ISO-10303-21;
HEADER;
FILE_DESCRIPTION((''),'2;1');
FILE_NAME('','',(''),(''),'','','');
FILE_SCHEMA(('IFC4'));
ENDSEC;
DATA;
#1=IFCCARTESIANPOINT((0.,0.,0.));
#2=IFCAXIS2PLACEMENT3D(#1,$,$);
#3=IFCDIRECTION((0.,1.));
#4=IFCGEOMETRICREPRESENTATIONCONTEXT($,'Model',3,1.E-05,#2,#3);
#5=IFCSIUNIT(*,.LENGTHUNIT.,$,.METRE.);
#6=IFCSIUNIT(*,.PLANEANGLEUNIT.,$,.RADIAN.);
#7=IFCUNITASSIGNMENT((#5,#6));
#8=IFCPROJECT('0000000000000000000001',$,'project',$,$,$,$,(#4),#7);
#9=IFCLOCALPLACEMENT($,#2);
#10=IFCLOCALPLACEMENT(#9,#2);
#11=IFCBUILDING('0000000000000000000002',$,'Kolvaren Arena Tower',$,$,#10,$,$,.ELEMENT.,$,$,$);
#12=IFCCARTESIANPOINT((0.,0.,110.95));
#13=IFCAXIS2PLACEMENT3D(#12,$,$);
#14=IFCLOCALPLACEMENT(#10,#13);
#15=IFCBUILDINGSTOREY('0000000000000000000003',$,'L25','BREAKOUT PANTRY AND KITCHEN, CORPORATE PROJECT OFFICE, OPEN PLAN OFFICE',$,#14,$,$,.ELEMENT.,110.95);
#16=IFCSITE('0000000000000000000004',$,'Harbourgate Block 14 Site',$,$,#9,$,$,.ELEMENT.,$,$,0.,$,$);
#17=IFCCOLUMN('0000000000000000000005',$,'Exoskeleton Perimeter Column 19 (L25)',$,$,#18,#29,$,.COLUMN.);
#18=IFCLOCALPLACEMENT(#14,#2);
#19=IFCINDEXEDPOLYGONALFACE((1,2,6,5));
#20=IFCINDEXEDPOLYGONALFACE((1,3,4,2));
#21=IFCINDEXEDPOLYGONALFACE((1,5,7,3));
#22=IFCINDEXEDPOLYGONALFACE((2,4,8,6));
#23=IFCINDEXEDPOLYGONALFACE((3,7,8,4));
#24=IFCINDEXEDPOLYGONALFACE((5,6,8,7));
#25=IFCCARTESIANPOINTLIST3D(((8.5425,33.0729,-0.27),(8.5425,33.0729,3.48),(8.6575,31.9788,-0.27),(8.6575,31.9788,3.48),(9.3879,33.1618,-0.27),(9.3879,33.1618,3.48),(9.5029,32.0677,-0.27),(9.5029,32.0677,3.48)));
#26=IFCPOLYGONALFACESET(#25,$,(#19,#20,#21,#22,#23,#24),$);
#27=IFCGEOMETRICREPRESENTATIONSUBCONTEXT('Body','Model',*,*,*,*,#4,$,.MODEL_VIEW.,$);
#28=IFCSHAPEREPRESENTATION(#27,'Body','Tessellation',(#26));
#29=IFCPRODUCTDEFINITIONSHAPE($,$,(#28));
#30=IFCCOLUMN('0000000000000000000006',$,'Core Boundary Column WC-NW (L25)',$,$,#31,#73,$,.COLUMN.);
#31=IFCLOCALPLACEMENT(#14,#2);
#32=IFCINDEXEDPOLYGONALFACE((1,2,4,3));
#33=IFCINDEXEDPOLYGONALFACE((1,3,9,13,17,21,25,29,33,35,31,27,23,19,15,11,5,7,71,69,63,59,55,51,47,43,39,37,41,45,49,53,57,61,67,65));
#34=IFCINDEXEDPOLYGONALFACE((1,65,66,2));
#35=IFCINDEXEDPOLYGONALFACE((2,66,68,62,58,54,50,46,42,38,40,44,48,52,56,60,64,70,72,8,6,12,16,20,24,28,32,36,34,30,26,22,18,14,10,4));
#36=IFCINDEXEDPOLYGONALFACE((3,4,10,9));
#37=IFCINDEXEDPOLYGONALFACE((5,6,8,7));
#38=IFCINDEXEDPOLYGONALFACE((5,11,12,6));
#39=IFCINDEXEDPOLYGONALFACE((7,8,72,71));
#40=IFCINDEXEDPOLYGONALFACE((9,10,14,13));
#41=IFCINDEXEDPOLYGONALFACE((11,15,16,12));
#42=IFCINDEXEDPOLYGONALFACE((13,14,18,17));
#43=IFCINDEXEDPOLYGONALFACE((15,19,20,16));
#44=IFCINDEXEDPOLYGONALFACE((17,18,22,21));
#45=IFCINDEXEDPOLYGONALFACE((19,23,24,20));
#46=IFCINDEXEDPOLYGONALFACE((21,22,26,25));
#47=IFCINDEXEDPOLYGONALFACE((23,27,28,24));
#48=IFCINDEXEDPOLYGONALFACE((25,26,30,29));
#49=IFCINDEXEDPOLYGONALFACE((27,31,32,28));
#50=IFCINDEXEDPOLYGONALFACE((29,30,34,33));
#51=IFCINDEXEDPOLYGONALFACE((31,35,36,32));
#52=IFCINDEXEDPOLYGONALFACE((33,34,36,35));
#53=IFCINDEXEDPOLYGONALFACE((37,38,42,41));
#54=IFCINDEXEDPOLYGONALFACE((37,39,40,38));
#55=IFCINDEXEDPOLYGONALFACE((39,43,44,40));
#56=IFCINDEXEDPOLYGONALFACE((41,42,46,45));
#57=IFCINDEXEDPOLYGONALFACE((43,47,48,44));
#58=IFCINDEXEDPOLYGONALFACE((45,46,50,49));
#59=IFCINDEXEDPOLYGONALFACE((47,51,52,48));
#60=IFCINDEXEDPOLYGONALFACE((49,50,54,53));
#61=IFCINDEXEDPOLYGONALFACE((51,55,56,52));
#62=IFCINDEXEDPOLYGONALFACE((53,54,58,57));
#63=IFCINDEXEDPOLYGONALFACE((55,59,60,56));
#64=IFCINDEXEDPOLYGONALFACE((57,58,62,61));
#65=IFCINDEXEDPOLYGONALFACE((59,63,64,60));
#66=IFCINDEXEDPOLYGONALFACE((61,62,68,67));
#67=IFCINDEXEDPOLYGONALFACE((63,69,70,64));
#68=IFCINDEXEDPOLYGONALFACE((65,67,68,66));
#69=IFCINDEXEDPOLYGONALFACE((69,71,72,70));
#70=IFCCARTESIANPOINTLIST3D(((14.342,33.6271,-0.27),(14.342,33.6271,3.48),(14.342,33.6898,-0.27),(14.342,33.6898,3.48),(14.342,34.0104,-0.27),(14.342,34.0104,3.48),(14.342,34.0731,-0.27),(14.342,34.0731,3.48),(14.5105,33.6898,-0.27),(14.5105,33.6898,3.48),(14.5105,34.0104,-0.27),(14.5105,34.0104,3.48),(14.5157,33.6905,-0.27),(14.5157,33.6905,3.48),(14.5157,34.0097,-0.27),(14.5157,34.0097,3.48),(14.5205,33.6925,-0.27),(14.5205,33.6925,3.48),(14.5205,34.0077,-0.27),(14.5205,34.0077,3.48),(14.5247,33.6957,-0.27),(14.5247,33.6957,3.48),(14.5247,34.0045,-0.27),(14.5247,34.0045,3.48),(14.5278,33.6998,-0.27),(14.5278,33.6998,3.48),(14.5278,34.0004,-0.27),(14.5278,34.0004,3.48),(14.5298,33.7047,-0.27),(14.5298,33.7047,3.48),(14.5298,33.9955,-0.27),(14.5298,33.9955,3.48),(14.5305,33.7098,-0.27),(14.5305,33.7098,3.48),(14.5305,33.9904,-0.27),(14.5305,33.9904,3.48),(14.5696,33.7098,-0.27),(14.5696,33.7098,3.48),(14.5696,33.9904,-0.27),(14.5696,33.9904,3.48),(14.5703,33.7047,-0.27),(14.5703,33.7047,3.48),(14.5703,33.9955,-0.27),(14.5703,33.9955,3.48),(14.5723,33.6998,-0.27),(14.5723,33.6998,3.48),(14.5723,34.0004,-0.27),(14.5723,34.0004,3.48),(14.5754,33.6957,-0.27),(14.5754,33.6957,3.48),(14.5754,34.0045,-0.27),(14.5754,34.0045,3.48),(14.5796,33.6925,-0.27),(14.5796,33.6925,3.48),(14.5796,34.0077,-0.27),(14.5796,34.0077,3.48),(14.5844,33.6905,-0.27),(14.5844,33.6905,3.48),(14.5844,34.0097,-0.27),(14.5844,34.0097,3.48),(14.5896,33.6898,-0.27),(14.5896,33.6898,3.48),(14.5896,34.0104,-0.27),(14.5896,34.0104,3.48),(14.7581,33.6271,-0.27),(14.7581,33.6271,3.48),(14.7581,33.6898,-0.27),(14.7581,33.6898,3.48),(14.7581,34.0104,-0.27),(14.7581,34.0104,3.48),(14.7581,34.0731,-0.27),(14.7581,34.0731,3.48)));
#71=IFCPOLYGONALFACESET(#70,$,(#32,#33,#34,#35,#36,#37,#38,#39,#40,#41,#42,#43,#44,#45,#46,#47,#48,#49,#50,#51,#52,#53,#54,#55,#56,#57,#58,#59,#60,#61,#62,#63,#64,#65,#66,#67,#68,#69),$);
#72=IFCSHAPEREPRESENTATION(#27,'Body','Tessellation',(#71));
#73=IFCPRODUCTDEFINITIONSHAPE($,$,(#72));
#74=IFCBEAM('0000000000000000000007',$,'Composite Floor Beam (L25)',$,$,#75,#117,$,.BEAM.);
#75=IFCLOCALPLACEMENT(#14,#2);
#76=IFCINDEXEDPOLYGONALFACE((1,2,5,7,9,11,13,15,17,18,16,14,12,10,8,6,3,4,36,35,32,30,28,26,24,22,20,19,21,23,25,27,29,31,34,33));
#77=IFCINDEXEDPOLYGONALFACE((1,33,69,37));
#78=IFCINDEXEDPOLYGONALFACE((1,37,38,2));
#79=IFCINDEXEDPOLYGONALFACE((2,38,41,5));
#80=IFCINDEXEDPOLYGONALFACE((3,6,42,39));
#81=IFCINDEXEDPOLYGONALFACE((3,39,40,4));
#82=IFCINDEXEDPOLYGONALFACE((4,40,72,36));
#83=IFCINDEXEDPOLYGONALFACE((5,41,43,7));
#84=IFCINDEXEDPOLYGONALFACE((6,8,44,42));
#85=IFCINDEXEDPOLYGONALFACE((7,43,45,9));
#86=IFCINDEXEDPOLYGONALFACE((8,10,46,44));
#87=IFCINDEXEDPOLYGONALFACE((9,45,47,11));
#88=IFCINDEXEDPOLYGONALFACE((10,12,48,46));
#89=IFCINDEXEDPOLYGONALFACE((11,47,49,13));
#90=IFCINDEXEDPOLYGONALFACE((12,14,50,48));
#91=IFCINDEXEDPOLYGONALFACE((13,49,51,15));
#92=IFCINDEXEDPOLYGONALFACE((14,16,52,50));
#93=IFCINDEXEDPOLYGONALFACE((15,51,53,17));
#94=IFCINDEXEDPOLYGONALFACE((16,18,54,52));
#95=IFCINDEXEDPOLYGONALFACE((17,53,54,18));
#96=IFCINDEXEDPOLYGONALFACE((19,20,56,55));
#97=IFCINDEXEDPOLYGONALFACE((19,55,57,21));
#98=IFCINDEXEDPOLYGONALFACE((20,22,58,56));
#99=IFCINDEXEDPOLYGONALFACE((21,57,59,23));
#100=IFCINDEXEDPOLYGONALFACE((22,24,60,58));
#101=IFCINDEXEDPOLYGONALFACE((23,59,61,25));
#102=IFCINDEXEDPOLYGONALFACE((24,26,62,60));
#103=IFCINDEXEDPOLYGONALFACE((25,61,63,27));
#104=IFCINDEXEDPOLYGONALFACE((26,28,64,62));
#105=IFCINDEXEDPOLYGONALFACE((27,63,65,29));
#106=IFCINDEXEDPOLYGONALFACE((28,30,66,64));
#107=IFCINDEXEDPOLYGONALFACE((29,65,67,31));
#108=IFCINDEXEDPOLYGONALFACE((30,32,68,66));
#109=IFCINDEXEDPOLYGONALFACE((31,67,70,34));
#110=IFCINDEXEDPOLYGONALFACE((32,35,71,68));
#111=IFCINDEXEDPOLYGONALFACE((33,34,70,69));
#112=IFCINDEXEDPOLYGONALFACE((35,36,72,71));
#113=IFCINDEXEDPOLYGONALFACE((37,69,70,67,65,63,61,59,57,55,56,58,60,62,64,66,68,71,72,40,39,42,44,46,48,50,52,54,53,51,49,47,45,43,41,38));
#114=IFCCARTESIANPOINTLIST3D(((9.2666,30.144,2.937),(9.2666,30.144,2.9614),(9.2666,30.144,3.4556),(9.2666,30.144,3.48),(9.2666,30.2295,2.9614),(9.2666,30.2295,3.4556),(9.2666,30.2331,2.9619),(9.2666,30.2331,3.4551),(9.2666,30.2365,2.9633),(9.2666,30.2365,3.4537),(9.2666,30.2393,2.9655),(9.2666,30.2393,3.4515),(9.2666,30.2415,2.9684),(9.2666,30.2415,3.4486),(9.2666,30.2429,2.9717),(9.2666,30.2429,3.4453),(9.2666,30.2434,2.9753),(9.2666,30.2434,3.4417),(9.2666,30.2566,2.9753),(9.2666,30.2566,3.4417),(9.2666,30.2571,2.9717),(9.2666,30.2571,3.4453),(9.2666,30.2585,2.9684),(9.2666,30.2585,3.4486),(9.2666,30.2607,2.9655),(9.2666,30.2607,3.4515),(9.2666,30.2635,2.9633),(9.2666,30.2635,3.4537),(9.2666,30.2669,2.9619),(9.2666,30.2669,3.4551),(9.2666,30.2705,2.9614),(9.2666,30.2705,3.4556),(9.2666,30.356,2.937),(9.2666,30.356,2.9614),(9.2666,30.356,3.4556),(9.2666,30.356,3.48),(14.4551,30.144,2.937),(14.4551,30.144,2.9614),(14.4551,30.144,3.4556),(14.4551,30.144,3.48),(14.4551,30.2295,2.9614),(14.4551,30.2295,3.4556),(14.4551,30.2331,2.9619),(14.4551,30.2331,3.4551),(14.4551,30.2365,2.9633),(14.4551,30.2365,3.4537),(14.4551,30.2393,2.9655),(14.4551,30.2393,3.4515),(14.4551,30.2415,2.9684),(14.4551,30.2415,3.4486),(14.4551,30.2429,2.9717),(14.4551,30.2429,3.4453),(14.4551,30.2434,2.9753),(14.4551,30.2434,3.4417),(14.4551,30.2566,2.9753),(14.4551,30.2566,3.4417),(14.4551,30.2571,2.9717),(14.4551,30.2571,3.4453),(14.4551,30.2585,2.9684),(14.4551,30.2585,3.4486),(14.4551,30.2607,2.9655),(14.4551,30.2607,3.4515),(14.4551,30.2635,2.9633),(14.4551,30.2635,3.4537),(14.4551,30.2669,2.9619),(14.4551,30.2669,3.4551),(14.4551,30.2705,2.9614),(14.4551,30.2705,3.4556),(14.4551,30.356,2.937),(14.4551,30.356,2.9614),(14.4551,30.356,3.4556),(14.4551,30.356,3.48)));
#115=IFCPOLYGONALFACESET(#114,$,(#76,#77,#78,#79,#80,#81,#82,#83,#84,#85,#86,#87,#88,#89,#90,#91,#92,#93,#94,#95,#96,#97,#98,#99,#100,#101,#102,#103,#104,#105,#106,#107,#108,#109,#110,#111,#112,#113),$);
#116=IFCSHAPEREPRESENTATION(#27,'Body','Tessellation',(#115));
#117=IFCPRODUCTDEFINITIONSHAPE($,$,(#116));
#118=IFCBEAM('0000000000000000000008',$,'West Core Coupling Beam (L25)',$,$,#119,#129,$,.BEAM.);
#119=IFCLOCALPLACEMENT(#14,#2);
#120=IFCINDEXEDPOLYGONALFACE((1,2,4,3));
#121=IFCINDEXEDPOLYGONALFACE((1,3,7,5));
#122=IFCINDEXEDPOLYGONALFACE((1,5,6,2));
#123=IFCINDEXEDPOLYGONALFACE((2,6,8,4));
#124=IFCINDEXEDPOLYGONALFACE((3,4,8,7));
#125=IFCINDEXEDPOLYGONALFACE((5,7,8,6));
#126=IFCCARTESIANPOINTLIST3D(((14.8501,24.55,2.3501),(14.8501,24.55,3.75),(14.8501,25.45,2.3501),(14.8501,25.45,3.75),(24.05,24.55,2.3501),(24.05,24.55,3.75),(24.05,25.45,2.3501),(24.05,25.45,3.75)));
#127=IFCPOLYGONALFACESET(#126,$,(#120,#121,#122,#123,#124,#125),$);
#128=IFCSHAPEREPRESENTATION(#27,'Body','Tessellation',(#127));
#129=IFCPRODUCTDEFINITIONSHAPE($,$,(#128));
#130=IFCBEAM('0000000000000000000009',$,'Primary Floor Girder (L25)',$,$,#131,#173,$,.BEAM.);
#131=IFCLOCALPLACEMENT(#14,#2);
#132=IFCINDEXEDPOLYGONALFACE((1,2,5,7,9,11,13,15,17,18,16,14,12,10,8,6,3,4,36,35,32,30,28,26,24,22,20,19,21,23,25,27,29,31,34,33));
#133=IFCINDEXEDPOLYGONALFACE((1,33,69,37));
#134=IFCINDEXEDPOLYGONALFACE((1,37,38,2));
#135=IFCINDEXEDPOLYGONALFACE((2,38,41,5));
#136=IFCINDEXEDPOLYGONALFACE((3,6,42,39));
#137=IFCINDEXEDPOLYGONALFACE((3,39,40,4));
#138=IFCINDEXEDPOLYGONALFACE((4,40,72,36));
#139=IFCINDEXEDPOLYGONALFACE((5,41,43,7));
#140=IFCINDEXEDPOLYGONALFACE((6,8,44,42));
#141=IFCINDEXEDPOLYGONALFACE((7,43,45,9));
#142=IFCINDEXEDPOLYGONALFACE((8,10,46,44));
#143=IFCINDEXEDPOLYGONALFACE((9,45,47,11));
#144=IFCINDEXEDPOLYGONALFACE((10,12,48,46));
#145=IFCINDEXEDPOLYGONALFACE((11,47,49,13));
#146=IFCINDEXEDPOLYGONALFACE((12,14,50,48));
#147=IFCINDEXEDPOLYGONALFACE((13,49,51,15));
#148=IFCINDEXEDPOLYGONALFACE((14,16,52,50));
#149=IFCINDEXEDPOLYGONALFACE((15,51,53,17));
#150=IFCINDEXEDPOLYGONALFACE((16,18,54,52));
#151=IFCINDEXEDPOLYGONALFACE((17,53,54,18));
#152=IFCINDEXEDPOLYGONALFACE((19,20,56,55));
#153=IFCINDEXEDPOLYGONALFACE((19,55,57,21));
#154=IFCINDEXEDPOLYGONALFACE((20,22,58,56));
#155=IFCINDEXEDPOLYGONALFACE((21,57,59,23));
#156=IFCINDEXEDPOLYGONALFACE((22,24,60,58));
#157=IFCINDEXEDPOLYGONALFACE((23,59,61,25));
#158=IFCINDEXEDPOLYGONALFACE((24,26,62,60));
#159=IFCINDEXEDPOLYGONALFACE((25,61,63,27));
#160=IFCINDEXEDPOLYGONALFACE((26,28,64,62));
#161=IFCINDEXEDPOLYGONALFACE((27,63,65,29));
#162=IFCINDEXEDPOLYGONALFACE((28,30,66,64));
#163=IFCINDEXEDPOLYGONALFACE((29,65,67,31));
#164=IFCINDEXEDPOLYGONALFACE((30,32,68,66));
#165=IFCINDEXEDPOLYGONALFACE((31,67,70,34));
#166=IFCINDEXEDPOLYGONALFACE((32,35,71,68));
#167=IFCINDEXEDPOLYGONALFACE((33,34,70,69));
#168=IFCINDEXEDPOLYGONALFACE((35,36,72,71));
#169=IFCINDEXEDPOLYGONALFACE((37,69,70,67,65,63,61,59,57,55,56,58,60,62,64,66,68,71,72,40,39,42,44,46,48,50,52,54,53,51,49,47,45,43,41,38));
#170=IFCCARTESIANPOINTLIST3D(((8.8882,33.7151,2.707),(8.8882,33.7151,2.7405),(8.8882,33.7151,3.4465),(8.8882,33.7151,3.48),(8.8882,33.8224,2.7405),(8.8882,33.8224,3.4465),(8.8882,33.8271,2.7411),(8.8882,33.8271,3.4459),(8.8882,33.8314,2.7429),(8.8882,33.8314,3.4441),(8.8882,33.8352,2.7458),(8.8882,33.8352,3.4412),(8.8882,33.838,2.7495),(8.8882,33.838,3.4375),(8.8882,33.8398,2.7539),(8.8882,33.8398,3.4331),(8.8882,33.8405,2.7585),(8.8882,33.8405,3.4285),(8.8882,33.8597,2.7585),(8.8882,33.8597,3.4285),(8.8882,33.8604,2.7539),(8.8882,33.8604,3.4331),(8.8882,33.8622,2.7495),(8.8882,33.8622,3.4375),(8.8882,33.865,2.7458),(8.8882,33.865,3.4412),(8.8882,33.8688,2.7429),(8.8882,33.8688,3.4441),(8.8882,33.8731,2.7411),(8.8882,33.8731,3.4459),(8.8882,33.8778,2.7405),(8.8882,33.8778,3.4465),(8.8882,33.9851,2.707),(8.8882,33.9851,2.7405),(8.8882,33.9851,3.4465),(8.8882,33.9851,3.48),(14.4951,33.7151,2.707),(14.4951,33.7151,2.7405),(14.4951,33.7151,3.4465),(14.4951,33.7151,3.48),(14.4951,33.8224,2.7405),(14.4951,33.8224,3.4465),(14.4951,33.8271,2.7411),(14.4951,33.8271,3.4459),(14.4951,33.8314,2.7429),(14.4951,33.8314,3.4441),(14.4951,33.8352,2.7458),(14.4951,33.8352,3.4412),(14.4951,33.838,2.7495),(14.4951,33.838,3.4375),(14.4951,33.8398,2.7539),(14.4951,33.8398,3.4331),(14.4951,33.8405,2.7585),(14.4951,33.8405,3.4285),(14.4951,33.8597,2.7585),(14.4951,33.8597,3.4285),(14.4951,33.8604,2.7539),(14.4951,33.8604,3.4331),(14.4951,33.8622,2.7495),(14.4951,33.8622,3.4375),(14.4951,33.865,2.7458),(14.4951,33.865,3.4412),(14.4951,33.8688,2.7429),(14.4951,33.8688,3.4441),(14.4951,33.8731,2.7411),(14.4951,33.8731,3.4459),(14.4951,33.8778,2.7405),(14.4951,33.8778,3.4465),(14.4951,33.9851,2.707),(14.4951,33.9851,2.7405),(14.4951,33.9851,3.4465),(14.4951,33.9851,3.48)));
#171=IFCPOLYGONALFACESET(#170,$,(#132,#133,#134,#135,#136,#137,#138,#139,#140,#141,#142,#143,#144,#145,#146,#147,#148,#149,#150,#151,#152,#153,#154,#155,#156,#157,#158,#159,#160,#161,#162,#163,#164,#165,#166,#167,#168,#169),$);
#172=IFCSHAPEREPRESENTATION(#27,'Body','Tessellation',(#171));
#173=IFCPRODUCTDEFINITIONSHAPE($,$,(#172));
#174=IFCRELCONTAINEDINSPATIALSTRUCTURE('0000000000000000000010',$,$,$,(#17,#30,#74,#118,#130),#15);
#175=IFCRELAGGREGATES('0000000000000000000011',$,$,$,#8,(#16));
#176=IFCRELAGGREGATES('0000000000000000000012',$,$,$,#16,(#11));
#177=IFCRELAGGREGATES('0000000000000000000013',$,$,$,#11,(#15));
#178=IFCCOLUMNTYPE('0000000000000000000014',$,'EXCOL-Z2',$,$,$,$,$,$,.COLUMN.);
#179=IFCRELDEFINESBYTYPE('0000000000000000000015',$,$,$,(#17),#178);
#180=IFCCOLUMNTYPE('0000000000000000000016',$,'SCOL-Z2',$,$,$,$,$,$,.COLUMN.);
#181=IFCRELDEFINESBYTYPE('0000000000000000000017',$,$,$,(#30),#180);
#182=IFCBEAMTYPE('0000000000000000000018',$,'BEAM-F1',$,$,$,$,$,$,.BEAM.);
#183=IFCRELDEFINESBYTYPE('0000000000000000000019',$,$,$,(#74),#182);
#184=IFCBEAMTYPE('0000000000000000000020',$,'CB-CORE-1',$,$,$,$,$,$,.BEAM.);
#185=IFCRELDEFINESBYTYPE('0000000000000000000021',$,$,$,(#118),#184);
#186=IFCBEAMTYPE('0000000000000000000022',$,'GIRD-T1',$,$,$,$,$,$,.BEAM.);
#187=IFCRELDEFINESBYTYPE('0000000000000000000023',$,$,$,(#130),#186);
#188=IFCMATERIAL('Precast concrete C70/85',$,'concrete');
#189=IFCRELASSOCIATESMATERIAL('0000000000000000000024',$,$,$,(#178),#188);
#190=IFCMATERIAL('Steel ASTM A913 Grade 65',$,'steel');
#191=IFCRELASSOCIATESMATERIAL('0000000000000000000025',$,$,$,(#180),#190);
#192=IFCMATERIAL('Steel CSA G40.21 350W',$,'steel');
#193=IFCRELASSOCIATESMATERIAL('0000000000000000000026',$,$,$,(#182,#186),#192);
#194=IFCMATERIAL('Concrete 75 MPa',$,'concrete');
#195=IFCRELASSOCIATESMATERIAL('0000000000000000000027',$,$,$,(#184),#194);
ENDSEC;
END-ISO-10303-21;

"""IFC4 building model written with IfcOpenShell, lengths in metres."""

from ifc_helpers import new_model, si_unit, direction, frame, origin, origin_2d, place, context, subcontext, project, spatial, rectangle, i_section, extrude, material, material_profile, profile_set, type_object, element, save


model = new_model("IFC4")

# Units and contexts
model_context = context("Model", 3, precision=1e-05, world=origin(), true_north=direction((0.0, 1.0)))
body_context = subcontext(model_context, "Body", "Model", "MODEL_VIEW")
ifc_project = project(units=[si_unit("LENGTHUNIT", "METRE"), si_unit("PLANEANGLEUNIT", "RADIAN")], contexts=[model_context])

# Site, building, storey
site_placement = place(None, origin())
site = spatial("IfcSite", under=ifc_project, at=site_placement, Name="Harbourgate Block 14 Site", CompositionType="ELEMENT", RefElevation=0.0)
building_placement = place(site_placement, origin())
building = spatial("IfcBuilding", under=site, at=building_placement, Name="Kolvaren Arena Tower", CompositionType="ELEMENT")
storey_placement = place(building_placement, frame((0.0, 0.0, 110.95)))
storey = spatial("IfcBuildingStorey", under=building, at=storey_placement, Name="L25", Description="BREAKOUT PANTRY AND KITCHEN, CORPORATE PROJECT OFFICE, OPEN PLAN OFFICE", CompositionType="ELEMENT", Elevation=110.95)

# Columns
ifc_material_1 = material(Name="Precast concrete C70/85", Category="concrete")
ifc_material_profile_1 = material_profile(ifc_material_1, rectangle(XDim=1.1001, YDim=0.8501, at=origin_2d()), Name="RC-1100x850")
ifc_profile_set_1 = profile_set([ifc_material_profile_1], Name="Precast concrete C70/85")
column_type_1 = type_object("IfcColumnType", Name="EXCOL-Z2", PredefinedType="COLUMN", material=ifc_profile_set_1)
column_1_placement = place(storey_placement, frame((9.0227, 32.5703, -0.27), z_axis=(0.0, 0.0, 1.0), x_axis=(-0.104528, 0.994522, 0.0)))
element("IfcColumn", 1, at=column_1_placement, inside=storey, type_object=column_type_1, Name="Exoskeleton Perimeter Column 19 (L25)", PredefinedType="COLUMN", context=body_context, shape_type="SweptSolid", body=[
    extrude(rectangle(XDim=1.1001, YDim=0.8501, at=origin_2d()), origin(), (0.0, 0.0, 1.0), 3.75),
])
ifc_material_2 = material(Name="Steel ASTM A913 Grade 65", Category="steel")
ifc_material_profile_2 = material_profile(ifc_material_2, i_section(OverallWidth=0.416, OverallDepth=0.446, WebThickness=0.0391, FlangeThickness=0.0627, FilletRadius=0.02, at=origin_2d()), Name="W360x509")
ifc_profile_set_2 = profile_set([ifc_material_profile_2], Name="Steel ASTM A913 Grade 65")
column_type_2 = type_object("IfcColumnType", Name="SCOL-Z2", PredefinedType="COLUMN", material=ifc_profile_set_2)
column_2_placement = place(storey_placement, frame((14.55, 33.8501, -0.27), z_axis=(0.0, 0.0, 1.0), x_axis=(1.0, 0.0, 0.0)))
element("IfcColumn", 2, at=column_2_placement, inside=storey, type_object=column_type_2, Name="Core Boundary Column WC-NW (L25)", PredefinedType="COLUMN", context=body_context, shape_type="SweptSolid", body=[
    extrude(i_section(OverallWidth=0.416, OverallDepth=0.446, WebThickness=0.0391, FlangeThickness=0.0627, FilletRadius=0.02, at=origin_2d()), origin(), (0.0, 0.0, 1.0), 3.75),
])

# Beams
ifc_material_3 = material(Name="Steel CSA G40.21 350W", Category="steel")
ifc_material_profile_3 = material_profile(ifc_material_3, i_section(OverallWidth=0.2119, OverallDepth=0.543, WebThickness=0.0132, FlangeThickness=0.0244, FilletRadius=0.0139, at=origin_2d()), Name="W530x150")
ifc_profile_set_3 = profile_set([ifc_material_profile_3], Name="Steel CSA G40.21 350W")
beam_type_1 = type_object("IfcBeamType", Name="BEAM-F1", PredefinedType="BEAM", material=ifc_profile_set_3)
beam_1_placement = place(storey_placement, frame((9.2666, 30.25, 3.2085), z_axis=(1.0, 0.0, 0.0), x_axis=(0.0, 1.0, 0.0)))
element("IfcBeam", 3, at=beam_1_placement, inside=storey, type_object=beam_type_1, Name="Composite Floor Beam (L25)", PredefinedType="BEAM", context=body_context, shape_type="SweptSolid", body=[
    extrude(i_section(OverallWidth=0.2119, OverallDepth=0.543, WebThickness=0.0132, FlangeThickness=0.0244, FilletRadius=0.0139, at=origin_2d()), origin(), (0.0, 0.0, 1.0), 5.1885),
])
ifc_material_4 = material(Name="Concrete 75 MPa", Category="concrete")
ifc_material_profile_4 = material_profile(ifc_material_4, rectangle(XDim=0.8999, YDim=1.3999, at=origin_2d()), Name="RC-900x1400")
ifc_profile_set_4 = profile_set([ifc_material_profile_4], Name="Concrete 75 MPa")
beam_type_2 = type_object("IfcBeamType", Name="CB-CORE-1", PredefinedType="BEAM", material=ifc_profile_set_4)
beam_2_placement = place(storey_placement, frame((14.8501, 25.0, 3.05), z_axis=(1.0, 0.0, 0.0), x_axis=(0.0, 1.0, 0.0)))
element("IfcBeam", 4, at=beam_2_placement, inside=storey, type_object=beam_type_2, Name="West Core Coupling Beam (L25)", PredefinedType="BEAM", context=body_context, shape_type="SweptSolid", body=[
    extrude(rectangle(XDim=0.8999, YDim=1.3999, at=origin_2d()), origin(), (0.0, 0.0, 1.0), 9.2),
])
ifc_material_profile_5 = material_profile(ifc_material_3, i_section(OverallWidth=0.27, OverallDepth=0.7729, WebThickness=0.0193, FlangeThickness=0.0334, FilletRadius=0.0181, at=origin_2d()), Name="W760x257")
ifc_profile_set_5 = profile_set([ifc_material_profile_5], Name="Steel CSA G40.21 350W")
beam_type_3 = type_object("IfcBeamType", Name="GIRD-T1", PredefinedType="BEAM", material=ifc_profile_set_5)
beam_3_placement = place(storey_placement, frame((8.8882, 33.8501, 3.0935), z_axis=(1.0, 0.0, 0.0), x_axis=(0.0, 1.0, 0.0)))
element("IfcBeam", 5, at=beam_3_placement, inside=storey, type_object=beam_type_3, Name="Primary Floor Girder (L25)", PredefinedType="BEAM", context=body_context, shape_type="SweptSolid", body=[
    extrude(i_section(OverallWidth=0.27, OverallDepth=0.7729, WebThickness=0.0193, FlangeThickness=0.0334, FilletRadius=0.0181, at=origin_2d()), origin(), (0.0, 0.0, 1.0), 5.6069),
])

save(model, "model.ifc")
